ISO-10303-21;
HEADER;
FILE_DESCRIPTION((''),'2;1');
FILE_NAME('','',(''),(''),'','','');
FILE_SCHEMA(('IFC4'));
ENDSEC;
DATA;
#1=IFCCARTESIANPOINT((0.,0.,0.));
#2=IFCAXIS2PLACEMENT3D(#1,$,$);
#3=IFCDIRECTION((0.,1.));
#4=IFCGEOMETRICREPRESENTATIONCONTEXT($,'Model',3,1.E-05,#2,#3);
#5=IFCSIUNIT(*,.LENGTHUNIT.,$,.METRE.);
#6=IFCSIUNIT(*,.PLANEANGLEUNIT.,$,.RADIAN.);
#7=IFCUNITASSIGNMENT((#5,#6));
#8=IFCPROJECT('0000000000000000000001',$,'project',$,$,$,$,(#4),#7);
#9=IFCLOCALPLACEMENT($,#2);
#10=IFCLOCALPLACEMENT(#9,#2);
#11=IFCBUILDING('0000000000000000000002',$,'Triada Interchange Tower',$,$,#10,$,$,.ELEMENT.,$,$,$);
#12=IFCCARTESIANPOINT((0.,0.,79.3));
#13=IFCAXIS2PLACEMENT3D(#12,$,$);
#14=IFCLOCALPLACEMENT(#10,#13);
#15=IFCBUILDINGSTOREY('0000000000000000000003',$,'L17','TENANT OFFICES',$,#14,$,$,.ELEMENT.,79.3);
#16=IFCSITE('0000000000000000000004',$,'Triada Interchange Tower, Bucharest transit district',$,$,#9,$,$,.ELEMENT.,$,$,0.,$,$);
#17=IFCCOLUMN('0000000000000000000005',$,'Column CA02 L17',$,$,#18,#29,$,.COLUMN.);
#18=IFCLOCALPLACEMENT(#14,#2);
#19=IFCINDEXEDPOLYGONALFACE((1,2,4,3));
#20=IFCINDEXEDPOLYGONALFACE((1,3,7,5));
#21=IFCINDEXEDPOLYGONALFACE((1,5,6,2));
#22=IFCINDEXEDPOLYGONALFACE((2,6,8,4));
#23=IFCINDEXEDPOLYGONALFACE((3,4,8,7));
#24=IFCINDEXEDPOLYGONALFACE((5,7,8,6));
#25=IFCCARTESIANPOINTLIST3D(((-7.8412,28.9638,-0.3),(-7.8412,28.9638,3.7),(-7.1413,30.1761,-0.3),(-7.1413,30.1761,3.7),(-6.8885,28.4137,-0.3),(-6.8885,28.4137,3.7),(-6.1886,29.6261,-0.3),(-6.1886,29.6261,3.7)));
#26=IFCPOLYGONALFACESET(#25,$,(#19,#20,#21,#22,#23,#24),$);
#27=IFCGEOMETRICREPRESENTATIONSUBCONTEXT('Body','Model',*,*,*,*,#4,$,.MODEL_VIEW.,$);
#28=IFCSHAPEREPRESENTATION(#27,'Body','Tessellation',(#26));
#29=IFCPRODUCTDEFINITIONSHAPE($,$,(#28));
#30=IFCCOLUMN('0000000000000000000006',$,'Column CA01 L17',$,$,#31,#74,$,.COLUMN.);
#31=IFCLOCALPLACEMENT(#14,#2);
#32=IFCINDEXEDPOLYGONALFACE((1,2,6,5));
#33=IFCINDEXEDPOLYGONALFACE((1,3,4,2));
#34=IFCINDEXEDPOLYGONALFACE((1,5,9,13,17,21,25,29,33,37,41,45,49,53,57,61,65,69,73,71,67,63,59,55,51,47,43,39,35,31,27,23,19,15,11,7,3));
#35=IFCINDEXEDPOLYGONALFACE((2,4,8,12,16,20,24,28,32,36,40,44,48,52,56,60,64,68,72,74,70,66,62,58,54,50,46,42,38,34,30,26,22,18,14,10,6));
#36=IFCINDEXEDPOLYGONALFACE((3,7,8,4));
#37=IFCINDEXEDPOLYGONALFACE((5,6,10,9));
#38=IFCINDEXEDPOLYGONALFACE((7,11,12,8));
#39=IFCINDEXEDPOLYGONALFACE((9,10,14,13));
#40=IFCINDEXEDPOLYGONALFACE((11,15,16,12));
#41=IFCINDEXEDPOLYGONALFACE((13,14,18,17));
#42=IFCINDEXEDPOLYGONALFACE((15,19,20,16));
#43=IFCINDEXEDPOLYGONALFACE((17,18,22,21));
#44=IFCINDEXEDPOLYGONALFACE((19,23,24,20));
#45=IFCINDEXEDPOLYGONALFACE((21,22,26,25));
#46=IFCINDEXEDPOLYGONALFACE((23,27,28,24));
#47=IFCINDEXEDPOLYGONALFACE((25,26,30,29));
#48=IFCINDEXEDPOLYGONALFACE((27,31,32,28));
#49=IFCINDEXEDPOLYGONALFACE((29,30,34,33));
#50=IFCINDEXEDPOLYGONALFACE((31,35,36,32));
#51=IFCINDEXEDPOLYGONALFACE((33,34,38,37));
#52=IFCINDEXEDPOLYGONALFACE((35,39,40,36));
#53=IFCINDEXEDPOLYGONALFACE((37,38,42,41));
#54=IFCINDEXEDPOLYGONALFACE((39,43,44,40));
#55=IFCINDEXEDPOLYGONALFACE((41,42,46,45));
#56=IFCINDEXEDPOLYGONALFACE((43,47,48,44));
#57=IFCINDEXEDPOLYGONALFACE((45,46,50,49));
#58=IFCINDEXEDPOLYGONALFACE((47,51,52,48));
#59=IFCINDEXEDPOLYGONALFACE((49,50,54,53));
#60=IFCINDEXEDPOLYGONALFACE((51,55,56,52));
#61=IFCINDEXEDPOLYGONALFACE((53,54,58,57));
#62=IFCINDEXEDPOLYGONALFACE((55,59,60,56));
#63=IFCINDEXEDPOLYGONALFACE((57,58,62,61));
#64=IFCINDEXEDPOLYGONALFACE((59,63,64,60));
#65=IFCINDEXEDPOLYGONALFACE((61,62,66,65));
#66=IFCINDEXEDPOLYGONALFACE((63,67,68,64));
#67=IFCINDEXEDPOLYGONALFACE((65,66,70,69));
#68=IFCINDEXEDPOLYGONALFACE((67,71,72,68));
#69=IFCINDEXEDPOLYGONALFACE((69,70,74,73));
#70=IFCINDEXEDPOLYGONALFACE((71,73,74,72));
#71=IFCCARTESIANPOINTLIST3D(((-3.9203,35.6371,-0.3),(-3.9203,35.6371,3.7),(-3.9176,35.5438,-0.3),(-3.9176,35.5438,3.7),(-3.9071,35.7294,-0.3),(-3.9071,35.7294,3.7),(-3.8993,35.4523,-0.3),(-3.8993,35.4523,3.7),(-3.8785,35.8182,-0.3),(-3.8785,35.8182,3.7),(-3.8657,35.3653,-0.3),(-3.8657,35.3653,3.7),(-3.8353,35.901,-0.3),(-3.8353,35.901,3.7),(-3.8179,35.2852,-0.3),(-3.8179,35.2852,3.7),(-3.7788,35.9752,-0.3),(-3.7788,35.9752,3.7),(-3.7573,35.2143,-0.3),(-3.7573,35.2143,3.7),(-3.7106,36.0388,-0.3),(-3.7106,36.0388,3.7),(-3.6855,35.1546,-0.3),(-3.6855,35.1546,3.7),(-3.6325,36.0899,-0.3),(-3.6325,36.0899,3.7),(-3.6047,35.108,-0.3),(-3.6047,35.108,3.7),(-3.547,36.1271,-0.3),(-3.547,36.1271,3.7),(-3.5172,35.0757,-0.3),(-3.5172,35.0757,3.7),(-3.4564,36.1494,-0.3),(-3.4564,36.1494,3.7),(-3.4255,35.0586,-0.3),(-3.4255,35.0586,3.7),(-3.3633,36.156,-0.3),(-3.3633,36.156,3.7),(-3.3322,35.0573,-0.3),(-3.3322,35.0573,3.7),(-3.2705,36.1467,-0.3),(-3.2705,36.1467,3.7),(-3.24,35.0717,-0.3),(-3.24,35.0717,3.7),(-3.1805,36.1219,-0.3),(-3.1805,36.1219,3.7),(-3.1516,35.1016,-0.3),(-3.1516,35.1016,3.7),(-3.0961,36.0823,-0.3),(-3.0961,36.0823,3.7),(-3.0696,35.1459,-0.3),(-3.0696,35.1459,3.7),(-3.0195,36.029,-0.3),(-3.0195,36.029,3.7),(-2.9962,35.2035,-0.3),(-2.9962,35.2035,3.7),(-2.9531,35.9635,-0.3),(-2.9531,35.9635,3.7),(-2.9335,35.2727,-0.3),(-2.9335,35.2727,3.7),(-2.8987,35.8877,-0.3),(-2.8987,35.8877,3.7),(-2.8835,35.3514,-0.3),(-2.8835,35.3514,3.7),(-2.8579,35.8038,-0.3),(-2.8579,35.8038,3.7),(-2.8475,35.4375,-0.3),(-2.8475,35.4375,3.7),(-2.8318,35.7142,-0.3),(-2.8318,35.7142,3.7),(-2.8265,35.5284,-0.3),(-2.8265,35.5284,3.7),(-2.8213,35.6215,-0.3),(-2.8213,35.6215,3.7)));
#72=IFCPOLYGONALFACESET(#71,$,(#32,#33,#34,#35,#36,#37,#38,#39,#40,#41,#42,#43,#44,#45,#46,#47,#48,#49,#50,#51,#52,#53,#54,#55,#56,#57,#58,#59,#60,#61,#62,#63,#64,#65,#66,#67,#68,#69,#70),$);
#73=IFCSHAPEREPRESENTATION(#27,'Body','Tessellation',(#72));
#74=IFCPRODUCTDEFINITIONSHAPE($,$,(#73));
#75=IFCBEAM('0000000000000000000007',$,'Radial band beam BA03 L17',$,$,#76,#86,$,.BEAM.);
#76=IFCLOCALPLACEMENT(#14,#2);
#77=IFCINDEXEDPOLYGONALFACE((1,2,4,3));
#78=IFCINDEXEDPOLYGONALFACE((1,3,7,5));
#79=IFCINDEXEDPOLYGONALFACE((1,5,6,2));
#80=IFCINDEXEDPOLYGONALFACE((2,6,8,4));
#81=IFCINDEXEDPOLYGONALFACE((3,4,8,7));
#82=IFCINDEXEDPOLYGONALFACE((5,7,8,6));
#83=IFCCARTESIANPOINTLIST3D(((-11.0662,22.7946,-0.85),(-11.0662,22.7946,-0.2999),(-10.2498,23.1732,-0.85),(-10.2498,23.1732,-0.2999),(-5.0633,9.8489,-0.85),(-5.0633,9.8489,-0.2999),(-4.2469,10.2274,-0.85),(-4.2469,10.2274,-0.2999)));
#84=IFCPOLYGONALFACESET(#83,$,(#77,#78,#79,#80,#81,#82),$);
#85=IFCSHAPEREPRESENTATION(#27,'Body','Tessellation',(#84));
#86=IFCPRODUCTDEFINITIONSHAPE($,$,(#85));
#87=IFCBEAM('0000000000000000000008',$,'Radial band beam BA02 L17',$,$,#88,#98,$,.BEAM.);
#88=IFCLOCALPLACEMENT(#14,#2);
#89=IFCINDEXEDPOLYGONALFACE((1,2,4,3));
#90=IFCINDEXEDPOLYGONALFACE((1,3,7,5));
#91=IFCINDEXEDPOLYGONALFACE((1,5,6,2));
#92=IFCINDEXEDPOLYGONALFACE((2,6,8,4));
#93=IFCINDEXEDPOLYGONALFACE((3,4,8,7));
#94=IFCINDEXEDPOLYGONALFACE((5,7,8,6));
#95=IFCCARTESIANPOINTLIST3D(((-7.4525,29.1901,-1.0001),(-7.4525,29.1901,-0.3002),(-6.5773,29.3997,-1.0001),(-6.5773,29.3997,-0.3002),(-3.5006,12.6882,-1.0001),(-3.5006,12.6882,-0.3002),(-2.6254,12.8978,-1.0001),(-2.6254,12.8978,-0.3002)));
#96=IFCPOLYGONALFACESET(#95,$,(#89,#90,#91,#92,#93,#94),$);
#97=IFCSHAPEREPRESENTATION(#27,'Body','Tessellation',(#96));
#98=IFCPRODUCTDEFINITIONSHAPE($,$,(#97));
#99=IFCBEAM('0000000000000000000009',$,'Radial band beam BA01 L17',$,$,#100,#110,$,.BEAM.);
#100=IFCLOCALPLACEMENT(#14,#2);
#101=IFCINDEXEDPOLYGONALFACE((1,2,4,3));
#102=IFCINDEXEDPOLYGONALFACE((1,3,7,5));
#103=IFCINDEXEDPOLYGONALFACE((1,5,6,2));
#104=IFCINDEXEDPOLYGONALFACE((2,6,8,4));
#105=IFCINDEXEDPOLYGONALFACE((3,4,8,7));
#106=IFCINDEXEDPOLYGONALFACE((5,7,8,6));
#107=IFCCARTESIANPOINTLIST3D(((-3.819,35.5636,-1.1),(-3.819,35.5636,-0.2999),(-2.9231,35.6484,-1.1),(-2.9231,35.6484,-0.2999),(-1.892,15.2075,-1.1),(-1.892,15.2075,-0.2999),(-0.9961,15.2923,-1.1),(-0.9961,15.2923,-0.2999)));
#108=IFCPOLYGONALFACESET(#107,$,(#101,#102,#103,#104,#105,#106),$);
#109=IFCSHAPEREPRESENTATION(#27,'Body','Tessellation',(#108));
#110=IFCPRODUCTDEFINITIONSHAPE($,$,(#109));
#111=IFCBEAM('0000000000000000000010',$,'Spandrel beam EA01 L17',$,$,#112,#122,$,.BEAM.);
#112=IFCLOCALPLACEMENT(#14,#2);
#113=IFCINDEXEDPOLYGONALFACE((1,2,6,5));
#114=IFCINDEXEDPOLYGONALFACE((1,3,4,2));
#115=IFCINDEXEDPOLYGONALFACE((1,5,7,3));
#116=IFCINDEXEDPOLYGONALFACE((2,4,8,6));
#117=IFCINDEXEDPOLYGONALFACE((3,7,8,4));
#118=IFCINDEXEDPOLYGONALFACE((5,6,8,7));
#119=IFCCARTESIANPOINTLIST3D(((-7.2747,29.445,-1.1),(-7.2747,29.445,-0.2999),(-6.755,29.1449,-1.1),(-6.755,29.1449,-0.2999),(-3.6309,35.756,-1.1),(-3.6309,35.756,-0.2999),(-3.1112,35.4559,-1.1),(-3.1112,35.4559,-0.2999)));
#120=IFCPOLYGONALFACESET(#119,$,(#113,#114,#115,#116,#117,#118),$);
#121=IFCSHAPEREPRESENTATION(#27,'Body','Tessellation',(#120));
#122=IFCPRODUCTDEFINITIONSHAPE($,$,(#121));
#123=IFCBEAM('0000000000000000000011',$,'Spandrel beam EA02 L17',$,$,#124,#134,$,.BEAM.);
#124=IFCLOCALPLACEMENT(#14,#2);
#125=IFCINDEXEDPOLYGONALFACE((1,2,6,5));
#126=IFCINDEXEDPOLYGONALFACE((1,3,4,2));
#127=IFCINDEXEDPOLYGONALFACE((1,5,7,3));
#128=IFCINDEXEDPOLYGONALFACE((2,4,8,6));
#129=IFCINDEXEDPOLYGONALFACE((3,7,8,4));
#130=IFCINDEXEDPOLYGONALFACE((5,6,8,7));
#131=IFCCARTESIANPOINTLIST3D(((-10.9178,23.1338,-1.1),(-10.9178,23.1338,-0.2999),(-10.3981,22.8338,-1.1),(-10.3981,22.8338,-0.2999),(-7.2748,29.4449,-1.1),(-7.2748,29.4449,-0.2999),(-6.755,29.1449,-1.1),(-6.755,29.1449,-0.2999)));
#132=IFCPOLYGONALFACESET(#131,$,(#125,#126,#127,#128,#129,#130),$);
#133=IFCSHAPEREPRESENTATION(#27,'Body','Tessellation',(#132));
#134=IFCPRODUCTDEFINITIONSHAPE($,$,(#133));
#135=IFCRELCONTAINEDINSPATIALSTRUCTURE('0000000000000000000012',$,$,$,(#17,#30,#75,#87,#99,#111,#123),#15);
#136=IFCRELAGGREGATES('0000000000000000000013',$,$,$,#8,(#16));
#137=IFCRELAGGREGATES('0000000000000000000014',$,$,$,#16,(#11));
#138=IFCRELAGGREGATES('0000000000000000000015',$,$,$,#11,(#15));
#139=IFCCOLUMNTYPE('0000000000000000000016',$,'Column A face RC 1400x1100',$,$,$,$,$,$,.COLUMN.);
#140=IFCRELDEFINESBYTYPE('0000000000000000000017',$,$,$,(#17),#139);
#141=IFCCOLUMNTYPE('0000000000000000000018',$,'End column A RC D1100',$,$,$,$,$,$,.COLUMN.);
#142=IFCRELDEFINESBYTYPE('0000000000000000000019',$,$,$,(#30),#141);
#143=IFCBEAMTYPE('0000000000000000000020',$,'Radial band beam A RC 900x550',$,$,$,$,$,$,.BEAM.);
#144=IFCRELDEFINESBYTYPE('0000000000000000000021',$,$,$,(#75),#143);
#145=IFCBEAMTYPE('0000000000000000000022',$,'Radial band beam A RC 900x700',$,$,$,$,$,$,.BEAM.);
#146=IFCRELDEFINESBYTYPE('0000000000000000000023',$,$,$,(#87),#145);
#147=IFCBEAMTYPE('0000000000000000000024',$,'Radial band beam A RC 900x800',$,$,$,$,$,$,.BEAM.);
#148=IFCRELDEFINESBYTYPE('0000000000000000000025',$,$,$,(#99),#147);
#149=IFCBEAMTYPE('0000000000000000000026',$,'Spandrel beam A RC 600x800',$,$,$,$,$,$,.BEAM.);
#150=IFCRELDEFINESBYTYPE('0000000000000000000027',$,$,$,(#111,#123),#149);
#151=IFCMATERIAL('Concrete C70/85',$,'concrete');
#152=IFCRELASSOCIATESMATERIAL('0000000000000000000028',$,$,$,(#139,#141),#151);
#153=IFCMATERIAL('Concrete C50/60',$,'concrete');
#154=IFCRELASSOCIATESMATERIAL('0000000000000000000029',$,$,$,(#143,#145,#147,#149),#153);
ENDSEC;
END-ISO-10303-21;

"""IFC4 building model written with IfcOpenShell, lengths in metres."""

from ifc_helpers import new_model, si_unit, direction, frame, origin, origin_2d, place, context, subcontext, project, spatial, rectangle, circle, extrude, material, material_profile, profile_set, type_object, element, save


model = new_model("IFC4")

# Units and contexts
model_context = context("Model", 3, precision=1e-05, world=origin(), true_north=direction((0.0, 1.0)))
body_context = subcontext(model_context, "Body", "Model", "MODEL_VIEW")
ifc_project = project(units=[si_unit("LENGTHUNIT", "METRE"), si_unit("PLANEANGLEUNIT", "RADIAN")], contexts=[model_context])

# Site, building, storey
site_placement = place(None, origin())
site = spatial("IfcSite", under=ifc_project, at=site_placement, Name="Triada Interchange Tower, Bucharest transit district", CompositionType="ELEMENT", RefElevation=0.0)
building_placement = place(site_placement, origin())
building = spatial("IfcBuilding", under=site, at=building_placement, Name="Triada Interchange Tower", CompositionType="ELEMENT")
storey_placement = place(building_placement, frame((0.0, 0.0, 79.3)))
storey = spatial("IfcBuildingStorey", under=building, at=storey_placement, Name="L17", Description="TENANT OFFICES", CompositionType="ELEMENT", Elevation=79.3)

# Columns
ifc_material_1 = material(Name="Concrete C70/85", Category="concrete")
ifc_material_profile_1 = material_profile(ifc_material_1, rectangle(XDim=1.3999, YDim=1.1001, at=origin_2d()), Name="RC 1400x1100")
ifc_profile_set_1 = profile_set([ifc_material_profile_1], Name="Concrete C70/85")
column_type_1 = type_object("IfcColumnType", Name="Column A face RC 1400x1100", PredefinedType="COLUMN", material=ifc_profile_set_1)
column_1_placement = place(storey_placement, frame((-7.0149, 29.2949, -0.3), z_axis=(0.0, 0.0, 1.0), x_axis=(0.5, 0.866025, 0.0)))
element("IfcColumn", 1, at=column_1_placement, inside=storey, type_object=column_type_1, Name="Column CA02 L17", PredefinedType="COLUMN", context=body_context, shape_type="SweptSolid", body=[
    extrude(rectangle(XDim=1.3999, YDim=1.1001, at=origin_2d()), origin(), (0.0, 0.0, 1.0), 4.0),
])
ifc_material_profile_2 = material_profile(ifc_material_1, circle(Radius=0.55, at=origin_2d()), Name="RC D1100")
ifc_profile_set_2 = profile_set([ifc_material_profile_2], Name="Concrete C70/85")
column_type_2 = type_object("IfcColumnType", Name="End column A RC D1100", PredefinedType="COLUMN", material=ifc_profile_set_2)
column_2_placement = place(storey_placement, frame((-3.3711, 35.606, -0.3), z_axis=(0.0, 0.0, 1.0), x_axis=(0.5, 0.866025, 0.0)))
element("IfcColumn", 2, at=column_2_placement, inside=storey, type_object=column_type_2, Name="Column CA01 L17", PredefinedType="COLUMN", context=body_context, shape_type="SweptSolid", body=[
    extrude(circle(Radius=0.55, at=origin_2d()), origin(), (0.0, 0.0, 1.0), 4.0),
])

# Beams
ifc_material_2 = material(Name="Concrete C50/60", Category="concrete")
ifc_material_profile_3 = material_profile(ifc_material_2, rectangle(XDim=0.8999, YDim=0.55, at=origin_2d()), Name="RC 900x550")
ifc_profile_set_3 = profile_set([ifc_material_profile_3], Name="Concrete C50/60")
beam_type_1 = type_object("IfcBeamType", Name="Radial band beam A RC 900x550", PredefinedType="BEAM", material=ifc_profile_set_3)
beam_1_placement = place(storey_placement, frame((-10.658, 22.9839, -0.575), z_axis=(0.420672, -0.907213, 0.0), x_axis=(0.907213, 0.420672, 0.0)))
element("IfcBeam", 3, at=beam_1_placement, inside=storey, type_object=beam_type_1, Name="Radial band beam BA03 L17", PredefinedType="BEAM", context=body_context, shape_type="SweptSolid", body=[
    extrude(rectangle(XDim=0.8999, YDim=0.55, at=origin_2d()), origin(), (0.0, 0.0, 1.0), 14.2698),
])
ifc_material_profile_4 = material_profile(ifc_material_2, rectangle(XDim=0.8999, YDim=0.7, at=origin_2d()), Name="RC 900x700")
ifc_profile_set_4 = profile_set([ifc_material_profile_4], Name="Concrete C50/60")
beam_type_2 = type_object("IfcBeamType", Name="Radial band beam A RC 900x700", PredefinedType="BEAM", material=ifc_profile_set_4)
beam_2_placement = place(storey_placement, frame((-7.0149, 29.2949, -0.6501), z_axis=(0.232896, -0.972502, 0.0), x_axis=(0.972502, 0.232896, 0.0)))
element("IfcBeam", 4, at=beam_2_placement, inside=storey, type_object=beam_type_2, Name="Radial band beam BA02 L17", PredefinedType="BEAM", context=body_context, shape_type="SweptSolid", body=[
    extrude(rectangle(XDim=0.8999, YDim=0.7, at=origin_2d()), origin(), (0.0, 0.0, 1.0), 16.9685),
])
ifc_material_profile_5 = material_profile(ifc_material_2, rectangle(XDim=0.8999, YDim=0.8, at=origin_2d()), Name="RC 900x800")
ifc_profile_set_5 = profile_set([ifc_material_profile_5], Name="Concrete C50/60")
beam_type_3 = type_object("IfcBeamType", Name="Radial band beam A RC 900x800", PredefinedType="BEAM", material=ifc_profile_set_5)
beam_3_placement = place(storey_placement, frame((-3.3711, 35.606, -0.7), z_axis=(0.094244, -0.995549, 0.0), x_axis=(0.995549, 0.094244, 0.0)))
element("IfcBeam", 5, at=beam_3_placement, inside=storey, type_object=beam_type_3, Name="Radial band beam BA01 L17", PredefinedType="BEAM", context=body_context, shape_type="SweptSolid", body=[
    extrude(rectangle(XDim=0.8999, YDim=0.8, at=origin_2d()), origin(), (0.0, 0.0, 1.0), 20.447),
])
ifc_material_profile_6 = material_profile(ifc_material_2, rectangle(XDim=0.6001, YDim=0.8, at=origin_2d()), Name="RC 600x800")
ifc_profile_set_6 = profile_set([ifc_material_profile_6], Name="Concrete C50/60")
beam_type_4 = type_object("IfcBeamType", Name="Spandrel beam A RC 600x800", PredefinedType="BEAM", material=ifc_profile_set_6)
beam_4_placement = place(storey_placement, frame((-3.3711, 35.606, -0.7), z_axis=(-0.500012, -0.866018, 0.0), x_axis=(0.866018, -0.500012, 0.0)))
element("IfcBeam", 6, at=beam_4_placement, inside=storey, type_object=beam_type_4, Name="Spandrel beam EA01 L17", PredefinedType="BEAM", context=body_context, shape_type="SweptSolid", body=[
    extrude(rectangle(XDim=0.6001, YDim=0.8, at=origin_2d()), origin(), (0.0, 0.0, 1.0), 7.2874),
])
beam_5_placement = place(storey_placement, frame((-7.0149, 29.2949, -0.7), z_axis=(-0.499937, -0.866062, 0.0), x_axis=(0.866062, -0.499937, 0.0)))
element("IfcBeam", 7, at=beam_5_placement, inside=storey, type_object=beam_type_4, Name="Spandrel beam EA02 L17", PredefinedType="BEAM", context=body_context, shape_type="SweptSolid", body=[
    extrude(rectangle(XDim=0.6001, YDim=0.8, at=origin_2d()), origin(), (0.0, 0.0, 1.0), 7.2871),
])

save(model, "model.ifc")
